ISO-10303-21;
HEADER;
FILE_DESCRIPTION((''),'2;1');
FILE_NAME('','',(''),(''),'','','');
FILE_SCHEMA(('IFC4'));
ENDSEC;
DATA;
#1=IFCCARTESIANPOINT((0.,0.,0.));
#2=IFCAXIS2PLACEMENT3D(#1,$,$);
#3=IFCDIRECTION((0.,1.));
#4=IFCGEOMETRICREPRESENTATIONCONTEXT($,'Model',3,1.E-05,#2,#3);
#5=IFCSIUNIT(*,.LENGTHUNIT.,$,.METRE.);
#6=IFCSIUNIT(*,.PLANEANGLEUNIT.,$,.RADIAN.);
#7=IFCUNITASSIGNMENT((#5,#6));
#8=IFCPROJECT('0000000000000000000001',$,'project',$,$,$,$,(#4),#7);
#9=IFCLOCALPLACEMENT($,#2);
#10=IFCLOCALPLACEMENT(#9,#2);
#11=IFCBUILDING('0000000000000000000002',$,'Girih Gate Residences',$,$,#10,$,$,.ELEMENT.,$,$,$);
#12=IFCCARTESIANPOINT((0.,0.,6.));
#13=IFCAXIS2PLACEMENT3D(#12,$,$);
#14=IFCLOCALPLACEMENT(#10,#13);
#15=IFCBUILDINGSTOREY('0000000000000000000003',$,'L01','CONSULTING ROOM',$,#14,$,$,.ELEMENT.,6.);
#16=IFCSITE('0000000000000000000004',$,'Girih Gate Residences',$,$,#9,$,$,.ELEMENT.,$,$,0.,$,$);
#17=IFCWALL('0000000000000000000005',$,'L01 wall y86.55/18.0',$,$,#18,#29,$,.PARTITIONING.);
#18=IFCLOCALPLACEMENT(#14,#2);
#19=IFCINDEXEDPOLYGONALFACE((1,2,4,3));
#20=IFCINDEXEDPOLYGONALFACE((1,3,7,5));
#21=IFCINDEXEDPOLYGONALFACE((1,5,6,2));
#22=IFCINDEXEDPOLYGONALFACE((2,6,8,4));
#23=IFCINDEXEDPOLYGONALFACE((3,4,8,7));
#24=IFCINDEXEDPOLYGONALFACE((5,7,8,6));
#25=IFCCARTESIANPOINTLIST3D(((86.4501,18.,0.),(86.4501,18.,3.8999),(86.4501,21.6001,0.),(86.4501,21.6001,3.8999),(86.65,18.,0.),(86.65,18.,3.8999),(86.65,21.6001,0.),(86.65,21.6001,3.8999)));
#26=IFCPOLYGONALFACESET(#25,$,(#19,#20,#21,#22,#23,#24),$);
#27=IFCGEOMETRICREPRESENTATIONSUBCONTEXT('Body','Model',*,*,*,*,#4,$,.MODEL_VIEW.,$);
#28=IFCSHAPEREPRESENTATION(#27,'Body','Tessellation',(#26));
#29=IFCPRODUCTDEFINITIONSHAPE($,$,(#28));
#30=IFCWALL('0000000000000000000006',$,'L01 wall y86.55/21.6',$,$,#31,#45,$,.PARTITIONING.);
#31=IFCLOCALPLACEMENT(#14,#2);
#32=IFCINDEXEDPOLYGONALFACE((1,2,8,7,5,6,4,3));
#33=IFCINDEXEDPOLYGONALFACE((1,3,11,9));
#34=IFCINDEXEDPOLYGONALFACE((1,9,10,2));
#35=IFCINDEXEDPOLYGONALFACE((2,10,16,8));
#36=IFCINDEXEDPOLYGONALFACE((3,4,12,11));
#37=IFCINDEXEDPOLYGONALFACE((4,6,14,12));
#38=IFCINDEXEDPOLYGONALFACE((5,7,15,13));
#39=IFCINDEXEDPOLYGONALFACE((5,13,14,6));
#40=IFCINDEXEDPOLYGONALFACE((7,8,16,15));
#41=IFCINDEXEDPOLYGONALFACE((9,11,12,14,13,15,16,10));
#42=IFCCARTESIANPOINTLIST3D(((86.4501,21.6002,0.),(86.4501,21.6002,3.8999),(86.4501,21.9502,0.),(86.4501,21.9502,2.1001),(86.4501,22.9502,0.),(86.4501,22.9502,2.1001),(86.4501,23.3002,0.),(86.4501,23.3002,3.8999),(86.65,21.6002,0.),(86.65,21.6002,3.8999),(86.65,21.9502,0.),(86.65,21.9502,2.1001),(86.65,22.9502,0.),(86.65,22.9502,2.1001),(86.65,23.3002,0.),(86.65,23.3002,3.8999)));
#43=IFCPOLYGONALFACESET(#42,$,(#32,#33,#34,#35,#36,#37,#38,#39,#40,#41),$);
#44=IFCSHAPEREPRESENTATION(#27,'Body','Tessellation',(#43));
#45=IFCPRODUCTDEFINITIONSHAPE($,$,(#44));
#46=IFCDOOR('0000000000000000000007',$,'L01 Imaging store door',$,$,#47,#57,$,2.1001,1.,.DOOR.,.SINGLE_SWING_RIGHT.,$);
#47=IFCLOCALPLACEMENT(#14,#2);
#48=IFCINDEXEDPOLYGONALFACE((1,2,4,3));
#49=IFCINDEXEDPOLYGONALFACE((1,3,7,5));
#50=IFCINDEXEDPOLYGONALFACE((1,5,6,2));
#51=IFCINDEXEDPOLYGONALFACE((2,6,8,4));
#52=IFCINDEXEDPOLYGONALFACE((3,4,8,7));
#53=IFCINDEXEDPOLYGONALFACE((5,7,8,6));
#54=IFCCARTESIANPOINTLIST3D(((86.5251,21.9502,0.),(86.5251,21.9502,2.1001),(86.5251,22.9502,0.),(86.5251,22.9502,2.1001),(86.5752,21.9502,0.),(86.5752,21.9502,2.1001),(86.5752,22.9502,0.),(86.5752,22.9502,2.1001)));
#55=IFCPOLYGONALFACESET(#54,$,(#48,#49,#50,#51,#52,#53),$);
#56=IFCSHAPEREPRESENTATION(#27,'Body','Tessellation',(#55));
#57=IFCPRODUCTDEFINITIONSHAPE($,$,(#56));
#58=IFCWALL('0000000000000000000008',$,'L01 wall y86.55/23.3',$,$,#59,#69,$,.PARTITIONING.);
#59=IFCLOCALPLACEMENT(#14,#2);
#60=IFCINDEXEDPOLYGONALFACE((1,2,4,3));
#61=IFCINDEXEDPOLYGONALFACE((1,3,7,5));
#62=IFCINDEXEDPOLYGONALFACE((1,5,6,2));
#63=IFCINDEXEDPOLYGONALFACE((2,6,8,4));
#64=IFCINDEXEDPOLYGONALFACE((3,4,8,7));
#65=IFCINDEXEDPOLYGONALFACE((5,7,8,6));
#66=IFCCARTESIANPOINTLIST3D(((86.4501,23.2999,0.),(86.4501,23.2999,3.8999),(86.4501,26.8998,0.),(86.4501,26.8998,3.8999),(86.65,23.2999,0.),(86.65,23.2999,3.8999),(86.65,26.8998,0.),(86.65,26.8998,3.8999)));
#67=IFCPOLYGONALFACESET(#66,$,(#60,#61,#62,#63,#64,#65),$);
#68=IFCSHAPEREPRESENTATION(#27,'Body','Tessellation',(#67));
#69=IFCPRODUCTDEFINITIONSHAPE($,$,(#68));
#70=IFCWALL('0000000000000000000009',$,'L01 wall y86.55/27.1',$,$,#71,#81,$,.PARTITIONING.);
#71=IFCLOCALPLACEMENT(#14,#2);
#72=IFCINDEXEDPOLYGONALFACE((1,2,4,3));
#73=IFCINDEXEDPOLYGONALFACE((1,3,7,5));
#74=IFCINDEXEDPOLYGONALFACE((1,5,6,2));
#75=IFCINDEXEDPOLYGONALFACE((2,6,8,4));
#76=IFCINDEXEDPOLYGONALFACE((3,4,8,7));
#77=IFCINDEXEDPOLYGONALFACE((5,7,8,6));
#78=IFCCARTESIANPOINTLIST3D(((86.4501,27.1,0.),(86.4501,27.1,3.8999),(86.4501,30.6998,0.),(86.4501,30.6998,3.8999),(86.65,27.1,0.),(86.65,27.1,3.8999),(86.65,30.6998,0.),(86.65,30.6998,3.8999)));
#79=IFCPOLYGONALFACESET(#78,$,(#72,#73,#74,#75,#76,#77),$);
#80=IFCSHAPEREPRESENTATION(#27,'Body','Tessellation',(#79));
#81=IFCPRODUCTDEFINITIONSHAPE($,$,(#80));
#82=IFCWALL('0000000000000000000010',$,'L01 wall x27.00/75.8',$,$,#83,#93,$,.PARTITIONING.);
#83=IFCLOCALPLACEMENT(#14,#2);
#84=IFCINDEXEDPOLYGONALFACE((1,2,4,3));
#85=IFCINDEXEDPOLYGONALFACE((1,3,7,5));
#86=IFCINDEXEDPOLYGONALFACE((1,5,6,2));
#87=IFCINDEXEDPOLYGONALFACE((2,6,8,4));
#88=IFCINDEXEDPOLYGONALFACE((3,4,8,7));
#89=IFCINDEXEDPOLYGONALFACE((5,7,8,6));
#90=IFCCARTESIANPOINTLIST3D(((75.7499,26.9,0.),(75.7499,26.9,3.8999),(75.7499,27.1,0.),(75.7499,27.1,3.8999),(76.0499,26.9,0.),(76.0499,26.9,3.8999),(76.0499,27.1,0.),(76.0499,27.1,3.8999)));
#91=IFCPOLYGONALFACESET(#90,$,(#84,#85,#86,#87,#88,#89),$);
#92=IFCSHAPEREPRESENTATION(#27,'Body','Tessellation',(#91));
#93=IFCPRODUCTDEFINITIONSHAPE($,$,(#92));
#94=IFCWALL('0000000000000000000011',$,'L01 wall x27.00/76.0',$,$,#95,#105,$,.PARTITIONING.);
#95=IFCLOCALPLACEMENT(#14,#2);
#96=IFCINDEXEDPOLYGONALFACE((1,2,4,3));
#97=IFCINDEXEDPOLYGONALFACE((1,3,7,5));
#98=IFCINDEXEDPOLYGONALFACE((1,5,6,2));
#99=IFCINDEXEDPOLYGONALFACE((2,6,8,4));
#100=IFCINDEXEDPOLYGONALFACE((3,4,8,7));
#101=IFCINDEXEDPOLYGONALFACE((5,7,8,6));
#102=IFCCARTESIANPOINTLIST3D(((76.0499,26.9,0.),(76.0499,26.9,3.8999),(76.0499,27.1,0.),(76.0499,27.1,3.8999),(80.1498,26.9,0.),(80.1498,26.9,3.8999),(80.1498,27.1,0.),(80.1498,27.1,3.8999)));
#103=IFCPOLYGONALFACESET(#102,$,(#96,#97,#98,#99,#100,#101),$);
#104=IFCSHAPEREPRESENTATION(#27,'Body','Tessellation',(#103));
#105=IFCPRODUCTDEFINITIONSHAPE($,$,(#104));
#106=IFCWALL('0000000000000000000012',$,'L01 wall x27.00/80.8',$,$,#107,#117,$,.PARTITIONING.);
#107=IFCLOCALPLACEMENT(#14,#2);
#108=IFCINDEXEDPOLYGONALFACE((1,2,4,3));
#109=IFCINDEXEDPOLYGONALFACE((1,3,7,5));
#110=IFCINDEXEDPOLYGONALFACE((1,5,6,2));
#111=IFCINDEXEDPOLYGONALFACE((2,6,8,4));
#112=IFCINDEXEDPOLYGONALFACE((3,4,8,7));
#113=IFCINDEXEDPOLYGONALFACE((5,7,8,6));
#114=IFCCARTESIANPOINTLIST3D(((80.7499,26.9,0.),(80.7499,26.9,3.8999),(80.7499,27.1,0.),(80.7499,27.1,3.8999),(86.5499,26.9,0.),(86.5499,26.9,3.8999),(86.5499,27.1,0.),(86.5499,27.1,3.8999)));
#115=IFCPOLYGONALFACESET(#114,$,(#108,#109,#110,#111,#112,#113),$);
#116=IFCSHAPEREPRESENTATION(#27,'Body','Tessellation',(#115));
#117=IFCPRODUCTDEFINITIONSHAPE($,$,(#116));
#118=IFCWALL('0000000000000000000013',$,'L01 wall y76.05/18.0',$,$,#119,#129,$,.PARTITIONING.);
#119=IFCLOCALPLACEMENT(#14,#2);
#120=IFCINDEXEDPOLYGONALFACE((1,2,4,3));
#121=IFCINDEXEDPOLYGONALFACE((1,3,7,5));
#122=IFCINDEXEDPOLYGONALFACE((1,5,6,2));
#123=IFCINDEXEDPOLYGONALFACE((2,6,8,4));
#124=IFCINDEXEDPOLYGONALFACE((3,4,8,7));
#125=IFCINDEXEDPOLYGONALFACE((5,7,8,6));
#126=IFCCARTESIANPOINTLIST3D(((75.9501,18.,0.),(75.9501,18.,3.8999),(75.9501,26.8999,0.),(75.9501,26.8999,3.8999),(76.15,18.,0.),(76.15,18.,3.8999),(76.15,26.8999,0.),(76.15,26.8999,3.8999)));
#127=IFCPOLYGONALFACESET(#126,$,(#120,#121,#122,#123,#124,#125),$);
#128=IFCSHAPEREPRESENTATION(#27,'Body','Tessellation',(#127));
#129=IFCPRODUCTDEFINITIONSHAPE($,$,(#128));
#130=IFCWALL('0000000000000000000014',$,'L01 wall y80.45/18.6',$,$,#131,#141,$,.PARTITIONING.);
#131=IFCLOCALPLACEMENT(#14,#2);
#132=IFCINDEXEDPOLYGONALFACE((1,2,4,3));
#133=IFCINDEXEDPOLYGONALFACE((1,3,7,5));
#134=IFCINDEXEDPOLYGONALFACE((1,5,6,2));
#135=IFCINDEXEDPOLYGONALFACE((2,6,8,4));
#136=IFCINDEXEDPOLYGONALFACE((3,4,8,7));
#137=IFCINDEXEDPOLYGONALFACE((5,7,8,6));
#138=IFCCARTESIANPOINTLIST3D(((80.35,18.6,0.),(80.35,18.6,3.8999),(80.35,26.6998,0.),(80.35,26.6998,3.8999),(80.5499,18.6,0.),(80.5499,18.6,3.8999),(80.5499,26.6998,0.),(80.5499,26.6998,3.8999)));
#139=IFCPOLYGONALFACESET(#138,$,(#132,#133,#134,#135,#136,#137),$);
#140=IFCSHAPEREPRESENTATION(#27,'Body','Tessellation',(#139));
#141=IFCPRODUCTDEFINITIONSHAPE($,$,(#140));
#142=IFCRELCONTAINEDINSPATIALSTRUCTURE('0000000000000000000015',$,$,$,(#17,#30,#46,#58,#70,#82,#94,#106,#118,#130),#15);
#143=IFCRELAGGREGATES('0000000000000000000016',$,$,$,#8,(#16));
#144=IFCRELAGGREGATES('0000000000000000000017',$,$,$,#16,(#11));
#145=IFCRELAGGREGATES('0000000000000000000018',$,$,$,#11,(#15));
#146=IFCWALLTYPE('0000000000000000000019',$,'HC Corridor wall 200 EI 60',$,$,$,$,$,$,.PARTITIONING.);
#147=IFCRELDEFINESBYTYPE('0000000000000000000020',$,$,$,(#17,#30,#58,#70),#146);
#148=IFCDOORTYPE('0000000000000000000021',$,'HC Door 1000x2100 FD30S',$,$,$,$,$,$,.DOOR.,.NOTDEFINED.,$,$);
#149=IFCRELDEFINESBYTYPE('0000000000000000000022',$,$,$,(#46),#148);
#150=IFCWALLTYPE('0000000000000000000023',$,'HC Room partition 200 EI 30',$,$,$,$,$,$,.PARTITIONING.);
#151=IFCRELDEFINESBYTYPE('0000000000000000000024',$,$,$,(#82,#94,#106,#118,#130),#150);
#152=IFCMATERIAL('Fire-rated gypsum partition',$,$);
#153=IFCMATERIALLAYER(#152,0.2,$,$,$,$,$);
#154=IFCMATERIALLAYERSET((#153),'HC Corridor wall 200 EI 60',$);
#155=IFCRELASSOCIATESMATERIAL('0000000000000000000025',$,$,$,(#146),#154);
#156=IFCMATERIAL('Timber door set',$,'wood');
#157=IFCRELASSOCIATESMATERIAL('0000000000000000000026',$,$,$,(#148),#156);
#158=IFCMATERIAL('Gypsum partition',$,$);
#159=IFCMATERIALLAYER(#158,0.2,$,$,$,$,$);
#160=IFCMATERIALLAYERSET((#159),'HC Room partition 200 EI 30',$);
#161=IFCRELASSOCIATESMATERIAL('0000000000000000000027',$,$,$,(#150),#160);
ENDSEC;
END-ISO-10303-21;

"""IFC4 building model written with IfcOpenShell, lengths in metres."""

from ifc_helpers import new_model, si_unit, direction, frame, frame_2d, origin, place, context, subcontext, project, spatial, rectangle, extrude, material, layer, layer_set, type_object, element, fill, save


model = new_model("IFC4")

# Units and contexts
model_context = context("Model", 3, precision=1e-05, world=origin(), true_north=direction((0.0, 1.0)))
body_context = subcontext(model_context, "Body", "Model", "MODEL_VIEW")
ifc_project = project(units=[si_unit("LENGTHUNIT", "METRE"), si_unit("PLANEANGLEUNIT", "RADIAN")], contexts=[model_context])

# Site, building, storey
site_placement = place(None, origin())
site = spatial("IfcSite", under=ifc_project, at=site_placement, Name="Girih Gate Residences", CompositionType="ELEMENT", RefElevation=0.0)
building_placement = place(site_placement, origin())
building = spatial("IfcBuilding", under=site, at=building_placement, Name="Girih Gate Residences", CompositionType="ELEMENT")
storey_placement = place(building_placement, frame((0.0, 0.0, 6.0)))
storey = spatial("IfcBuildingStorey", under=building, at=storey_placement, Name="L01", Description="CONSULTING ROOM", CompositionType="ELEMENT", Elevation=6.0)

# Shared definitions
ifc_material_1 = material(Name="Fire-rated gypsum partition")
ifc_layer_1 = layer(ifc_material_1, 0.2)
ifc_layer_set_1 = layer_set([ifc_layer_1], Name="HC Corridor wall 200 EI 60")
wall_type_1 = type_object("IfcWallType", Name="HC Corridor wall 200 EI 60", PredefinedType="PARTITIONING", material=ifc_layer_set_1)

# Shared definitions
ifc_material_2 = material(Name="Timber door set", Category="wood")
door_type = type_object("IfcDoorType", Name="HC Door 1000x2100 FD30S", OperationType="NOTDEFINED", PredefinedType="DOOR", material=ifc_material_2)

# Wall
wall_1_placement = place(storey_placement, frame((86.55, 18.0, 0.0), z_axis=(0.0, 0.0, 1.0), x_axis=(0.0, 1.0, 0.0)))
element("IfcWall", 1, at=wall_1_placement, inside=storey, type_object=wall_type_1, Name="L01 wall y86.55/18.0", PredefinedType="PARTITIONING", context=body_context, shape_type="SweptSolid", body=[
    extrude(rectangle(XDim=3.6001, YDim=0.2, at=frame_2d((1.8, 0.0))), origin(), (0.0, 0.0, 1.0), 3.8999),
])

# Wall, opening, door
wall_2_placement = place(storey_placement, frame((86.55, 21.6001, 0.0), z_axis=(0.0, 0.0, 1.0), x_axis=(0.0, 1.0, 0.0)))
wall_2 = element("IfcWall", 2, at=wall_2_placement, inside=storey, type_object=wall_type_1, Name="L01 wall y86.55/21.6", PredefinedType="PARTITIONING", context=body_context, shape_type="SweptSolid", body=[
    extrude(rectangle(XDim=1.7, YDim=0.2, at=frame_2d((0.8501, 0.0))), origin(), (0.0, 0.0, 1.0), 3.8999),
])
opening_1_placement = place(wall_2_placement, frame((0.3501, 0.0, 0.0)))
opening_1 = element("IfcOpeningElement", 3, at=opening_1_placement, cuts=wall_2, PredefinedType="OPENING", context=body_context, shape_type="SweptSolid", body=[
    extrude(rectangle(XDim=1.0, YDim=2.1001, at=frame_2d((0.5, 1.05))), frame((0.0, 0.1099, 0.0), z_axis=(0.0, -1.0, 0.0), x_axis=(1.0, 0.0, 0.0)), (0.0, 0.0, 1.0), 0.22),
])
door_1_placement = place(opening_1_placement, origin())
door_1 = element("IfcDoor", 4, at=door_1_placement, inside=storey, type_object=door_type, Name="L01 Imaging store door", OperationType="SINGLE_SWING_RIGHT", OverallHeight=2.1001, OverallWidth=1.0, PredefinedType="DOOR", context=body_context, shape_type="SweptSolid", body=[
    extrude(rectangle(XDim=1.0, YDim=2.1001, at=frame_2d((0.5, 1.05))), frame((0.0, 0.0249, 0.0), z_axis=(0.0, -1.0, 0.0), x_axis=(1.0, 0.0, 0.0)), (0.0, 0.0, 1.0), 0.05),
])
fill(opening_1, door_1)

# Walls
for number, where, z_axis, x_axis, name in (
    (5, (86.55, 23.3, 0.0), (0.0, 0.0, 1.0), (0.0, 1.0, 0.0), "L01 wall y86.55/23.3"),
    (6, (86.55, 27.1001, 0.0), (0.0, 0.0, 1.0), (0.0, 1.0, 0.0), "L01 wall y86.55/27.1"),
):
    element("IfcWall", number, at=place(storey_placement, frame(where, z_axis=z_axis, x_axis=x_axis)), inside=storey, type_object=wall_type_1, Name=name, PredefinedType="PARTITIONING", context=body_context, shape_type="SweptSolid", body=[
        extrude(rectangle(XDim=3.5999, YDim=0.2, at=frame_2d((1.7998, 0.0))), origin(), (0.0, 0.0, 1.0), 3.8999),
    ])
ifc_material_3 = material(Name="Gypsum partition")
ifc_layer_2 = layer(ifc_material_3, 0.2)
ifc_layer_set_2 = layer_set([ifc_layer_2], Name="HC Room partition 200 EI 30")
wall_type_2 = type_object("IfcWallType", Name="HC Room partition 200 EI 30", PredefinedType="PARTITIONING", material=ifc_layer_set_2)
wall_3_placement = place(storey_placement, frame((75.75, 27.0, 0.0), z_axis=(0.0, 0.0, 1.0), x_axis=(1.0, 0.0, 0.0)))
element("IfcWall", 7, at=wall_3_placement, inside=storey, type_object=wall_type_2, Name="L01 wall x27.00/75.8", PredefinedType="PARTITIONING", context=body_context, shape_type="SweptSolid", body=[
    extrude(rectangle(XDim=0.3, YDim=0.2, at=frame_2d((0.1499, 0.0))), origin(), (0.0, 0.0, 1.0), 3.8999),
])
wall_4_placement = place(storey_placement, frame((76.05, 27.0, 0.0), z_axis=(0.0, 0.0, 1.0), x_axis=(1.0, 0.0, 0.0)))
element("IfcWall", 8, at=wall_4_placement, inside=storey, type_object=wall_type_2, Name="L01 wall x27.00/76.0", PredefinedType="PARTITIONING", context=body_context, shape_type="SweptSolid", body=[
    extrude(rectangle(XDim=4.0999, YDim=0.2, at=frame_2d((2.0498, 0.0))), origin(), (0.0, 0.0, 1.0), 3.8999),
])
wall_5_placement = place(storey_placement, frame((80.75, 27.0, 0.0), z_axis=(0.0, 0.0, 1.0), x_axis=(1.0, 0.0, 0.0)))
element("IfcWall", 9, at=wall_5_placement, inside=storey, type_object=wall_type_2, Name="L01 wall x27.00/80.8", PredefinedType="PARTITIONING", context=body_context, shape_type="SweptSolid", body=[
    extrude(rectangle(XDim=5.8, YDim=0.2, at=frame_2d((2.8999, 0.0))), origin(), (0.0, 0.0, 1.0), 3.8999),
])
wall_6_placement = place(storey_placement, frame((76.05, 18.0, 0.0), z_axis=(0.0, 0.0, 1.0), x_axis=(0.0, 1.0, 0.0)))
element("IfcWall", 10, at=wall_6_placement, inside=storey, type_object=wall_type_2, Name="L01 wall y76.05/18.0", PredefinedType="PARTITIONING", context=body_context, shape_type="SweptSolid", body=[
    extrude(rectangle(XDim=8.8999, YDim=0.2, at=frame_2d((4.45, 0.0))), origin(), (0.0, 0.0, 1.0), 3.8999),
])
wall_7_placement = place(storey_placement, frame((80.45, 18.6001, 0.0), z_axis=(0.0, 0.0, 1.0), x_axis=(0.0, 1.0, 0.0)))
element("IfcWall", 11, at=wall_7_placement, inside=storey, type_object=wall_type_2, Name="L01 wall y80.45/18.6", PredefinedType="PARTITIONING", context=body_context, shape_type="SweptSolid", body=[
    extrude(rectangle(XDim=8.0999, YDim=0.2, at=frame_2d((4.0498, 0.0))), origin(), (0.0, 0.0, 1.0), 3.8999),
])

save(model, "model.ifc")
